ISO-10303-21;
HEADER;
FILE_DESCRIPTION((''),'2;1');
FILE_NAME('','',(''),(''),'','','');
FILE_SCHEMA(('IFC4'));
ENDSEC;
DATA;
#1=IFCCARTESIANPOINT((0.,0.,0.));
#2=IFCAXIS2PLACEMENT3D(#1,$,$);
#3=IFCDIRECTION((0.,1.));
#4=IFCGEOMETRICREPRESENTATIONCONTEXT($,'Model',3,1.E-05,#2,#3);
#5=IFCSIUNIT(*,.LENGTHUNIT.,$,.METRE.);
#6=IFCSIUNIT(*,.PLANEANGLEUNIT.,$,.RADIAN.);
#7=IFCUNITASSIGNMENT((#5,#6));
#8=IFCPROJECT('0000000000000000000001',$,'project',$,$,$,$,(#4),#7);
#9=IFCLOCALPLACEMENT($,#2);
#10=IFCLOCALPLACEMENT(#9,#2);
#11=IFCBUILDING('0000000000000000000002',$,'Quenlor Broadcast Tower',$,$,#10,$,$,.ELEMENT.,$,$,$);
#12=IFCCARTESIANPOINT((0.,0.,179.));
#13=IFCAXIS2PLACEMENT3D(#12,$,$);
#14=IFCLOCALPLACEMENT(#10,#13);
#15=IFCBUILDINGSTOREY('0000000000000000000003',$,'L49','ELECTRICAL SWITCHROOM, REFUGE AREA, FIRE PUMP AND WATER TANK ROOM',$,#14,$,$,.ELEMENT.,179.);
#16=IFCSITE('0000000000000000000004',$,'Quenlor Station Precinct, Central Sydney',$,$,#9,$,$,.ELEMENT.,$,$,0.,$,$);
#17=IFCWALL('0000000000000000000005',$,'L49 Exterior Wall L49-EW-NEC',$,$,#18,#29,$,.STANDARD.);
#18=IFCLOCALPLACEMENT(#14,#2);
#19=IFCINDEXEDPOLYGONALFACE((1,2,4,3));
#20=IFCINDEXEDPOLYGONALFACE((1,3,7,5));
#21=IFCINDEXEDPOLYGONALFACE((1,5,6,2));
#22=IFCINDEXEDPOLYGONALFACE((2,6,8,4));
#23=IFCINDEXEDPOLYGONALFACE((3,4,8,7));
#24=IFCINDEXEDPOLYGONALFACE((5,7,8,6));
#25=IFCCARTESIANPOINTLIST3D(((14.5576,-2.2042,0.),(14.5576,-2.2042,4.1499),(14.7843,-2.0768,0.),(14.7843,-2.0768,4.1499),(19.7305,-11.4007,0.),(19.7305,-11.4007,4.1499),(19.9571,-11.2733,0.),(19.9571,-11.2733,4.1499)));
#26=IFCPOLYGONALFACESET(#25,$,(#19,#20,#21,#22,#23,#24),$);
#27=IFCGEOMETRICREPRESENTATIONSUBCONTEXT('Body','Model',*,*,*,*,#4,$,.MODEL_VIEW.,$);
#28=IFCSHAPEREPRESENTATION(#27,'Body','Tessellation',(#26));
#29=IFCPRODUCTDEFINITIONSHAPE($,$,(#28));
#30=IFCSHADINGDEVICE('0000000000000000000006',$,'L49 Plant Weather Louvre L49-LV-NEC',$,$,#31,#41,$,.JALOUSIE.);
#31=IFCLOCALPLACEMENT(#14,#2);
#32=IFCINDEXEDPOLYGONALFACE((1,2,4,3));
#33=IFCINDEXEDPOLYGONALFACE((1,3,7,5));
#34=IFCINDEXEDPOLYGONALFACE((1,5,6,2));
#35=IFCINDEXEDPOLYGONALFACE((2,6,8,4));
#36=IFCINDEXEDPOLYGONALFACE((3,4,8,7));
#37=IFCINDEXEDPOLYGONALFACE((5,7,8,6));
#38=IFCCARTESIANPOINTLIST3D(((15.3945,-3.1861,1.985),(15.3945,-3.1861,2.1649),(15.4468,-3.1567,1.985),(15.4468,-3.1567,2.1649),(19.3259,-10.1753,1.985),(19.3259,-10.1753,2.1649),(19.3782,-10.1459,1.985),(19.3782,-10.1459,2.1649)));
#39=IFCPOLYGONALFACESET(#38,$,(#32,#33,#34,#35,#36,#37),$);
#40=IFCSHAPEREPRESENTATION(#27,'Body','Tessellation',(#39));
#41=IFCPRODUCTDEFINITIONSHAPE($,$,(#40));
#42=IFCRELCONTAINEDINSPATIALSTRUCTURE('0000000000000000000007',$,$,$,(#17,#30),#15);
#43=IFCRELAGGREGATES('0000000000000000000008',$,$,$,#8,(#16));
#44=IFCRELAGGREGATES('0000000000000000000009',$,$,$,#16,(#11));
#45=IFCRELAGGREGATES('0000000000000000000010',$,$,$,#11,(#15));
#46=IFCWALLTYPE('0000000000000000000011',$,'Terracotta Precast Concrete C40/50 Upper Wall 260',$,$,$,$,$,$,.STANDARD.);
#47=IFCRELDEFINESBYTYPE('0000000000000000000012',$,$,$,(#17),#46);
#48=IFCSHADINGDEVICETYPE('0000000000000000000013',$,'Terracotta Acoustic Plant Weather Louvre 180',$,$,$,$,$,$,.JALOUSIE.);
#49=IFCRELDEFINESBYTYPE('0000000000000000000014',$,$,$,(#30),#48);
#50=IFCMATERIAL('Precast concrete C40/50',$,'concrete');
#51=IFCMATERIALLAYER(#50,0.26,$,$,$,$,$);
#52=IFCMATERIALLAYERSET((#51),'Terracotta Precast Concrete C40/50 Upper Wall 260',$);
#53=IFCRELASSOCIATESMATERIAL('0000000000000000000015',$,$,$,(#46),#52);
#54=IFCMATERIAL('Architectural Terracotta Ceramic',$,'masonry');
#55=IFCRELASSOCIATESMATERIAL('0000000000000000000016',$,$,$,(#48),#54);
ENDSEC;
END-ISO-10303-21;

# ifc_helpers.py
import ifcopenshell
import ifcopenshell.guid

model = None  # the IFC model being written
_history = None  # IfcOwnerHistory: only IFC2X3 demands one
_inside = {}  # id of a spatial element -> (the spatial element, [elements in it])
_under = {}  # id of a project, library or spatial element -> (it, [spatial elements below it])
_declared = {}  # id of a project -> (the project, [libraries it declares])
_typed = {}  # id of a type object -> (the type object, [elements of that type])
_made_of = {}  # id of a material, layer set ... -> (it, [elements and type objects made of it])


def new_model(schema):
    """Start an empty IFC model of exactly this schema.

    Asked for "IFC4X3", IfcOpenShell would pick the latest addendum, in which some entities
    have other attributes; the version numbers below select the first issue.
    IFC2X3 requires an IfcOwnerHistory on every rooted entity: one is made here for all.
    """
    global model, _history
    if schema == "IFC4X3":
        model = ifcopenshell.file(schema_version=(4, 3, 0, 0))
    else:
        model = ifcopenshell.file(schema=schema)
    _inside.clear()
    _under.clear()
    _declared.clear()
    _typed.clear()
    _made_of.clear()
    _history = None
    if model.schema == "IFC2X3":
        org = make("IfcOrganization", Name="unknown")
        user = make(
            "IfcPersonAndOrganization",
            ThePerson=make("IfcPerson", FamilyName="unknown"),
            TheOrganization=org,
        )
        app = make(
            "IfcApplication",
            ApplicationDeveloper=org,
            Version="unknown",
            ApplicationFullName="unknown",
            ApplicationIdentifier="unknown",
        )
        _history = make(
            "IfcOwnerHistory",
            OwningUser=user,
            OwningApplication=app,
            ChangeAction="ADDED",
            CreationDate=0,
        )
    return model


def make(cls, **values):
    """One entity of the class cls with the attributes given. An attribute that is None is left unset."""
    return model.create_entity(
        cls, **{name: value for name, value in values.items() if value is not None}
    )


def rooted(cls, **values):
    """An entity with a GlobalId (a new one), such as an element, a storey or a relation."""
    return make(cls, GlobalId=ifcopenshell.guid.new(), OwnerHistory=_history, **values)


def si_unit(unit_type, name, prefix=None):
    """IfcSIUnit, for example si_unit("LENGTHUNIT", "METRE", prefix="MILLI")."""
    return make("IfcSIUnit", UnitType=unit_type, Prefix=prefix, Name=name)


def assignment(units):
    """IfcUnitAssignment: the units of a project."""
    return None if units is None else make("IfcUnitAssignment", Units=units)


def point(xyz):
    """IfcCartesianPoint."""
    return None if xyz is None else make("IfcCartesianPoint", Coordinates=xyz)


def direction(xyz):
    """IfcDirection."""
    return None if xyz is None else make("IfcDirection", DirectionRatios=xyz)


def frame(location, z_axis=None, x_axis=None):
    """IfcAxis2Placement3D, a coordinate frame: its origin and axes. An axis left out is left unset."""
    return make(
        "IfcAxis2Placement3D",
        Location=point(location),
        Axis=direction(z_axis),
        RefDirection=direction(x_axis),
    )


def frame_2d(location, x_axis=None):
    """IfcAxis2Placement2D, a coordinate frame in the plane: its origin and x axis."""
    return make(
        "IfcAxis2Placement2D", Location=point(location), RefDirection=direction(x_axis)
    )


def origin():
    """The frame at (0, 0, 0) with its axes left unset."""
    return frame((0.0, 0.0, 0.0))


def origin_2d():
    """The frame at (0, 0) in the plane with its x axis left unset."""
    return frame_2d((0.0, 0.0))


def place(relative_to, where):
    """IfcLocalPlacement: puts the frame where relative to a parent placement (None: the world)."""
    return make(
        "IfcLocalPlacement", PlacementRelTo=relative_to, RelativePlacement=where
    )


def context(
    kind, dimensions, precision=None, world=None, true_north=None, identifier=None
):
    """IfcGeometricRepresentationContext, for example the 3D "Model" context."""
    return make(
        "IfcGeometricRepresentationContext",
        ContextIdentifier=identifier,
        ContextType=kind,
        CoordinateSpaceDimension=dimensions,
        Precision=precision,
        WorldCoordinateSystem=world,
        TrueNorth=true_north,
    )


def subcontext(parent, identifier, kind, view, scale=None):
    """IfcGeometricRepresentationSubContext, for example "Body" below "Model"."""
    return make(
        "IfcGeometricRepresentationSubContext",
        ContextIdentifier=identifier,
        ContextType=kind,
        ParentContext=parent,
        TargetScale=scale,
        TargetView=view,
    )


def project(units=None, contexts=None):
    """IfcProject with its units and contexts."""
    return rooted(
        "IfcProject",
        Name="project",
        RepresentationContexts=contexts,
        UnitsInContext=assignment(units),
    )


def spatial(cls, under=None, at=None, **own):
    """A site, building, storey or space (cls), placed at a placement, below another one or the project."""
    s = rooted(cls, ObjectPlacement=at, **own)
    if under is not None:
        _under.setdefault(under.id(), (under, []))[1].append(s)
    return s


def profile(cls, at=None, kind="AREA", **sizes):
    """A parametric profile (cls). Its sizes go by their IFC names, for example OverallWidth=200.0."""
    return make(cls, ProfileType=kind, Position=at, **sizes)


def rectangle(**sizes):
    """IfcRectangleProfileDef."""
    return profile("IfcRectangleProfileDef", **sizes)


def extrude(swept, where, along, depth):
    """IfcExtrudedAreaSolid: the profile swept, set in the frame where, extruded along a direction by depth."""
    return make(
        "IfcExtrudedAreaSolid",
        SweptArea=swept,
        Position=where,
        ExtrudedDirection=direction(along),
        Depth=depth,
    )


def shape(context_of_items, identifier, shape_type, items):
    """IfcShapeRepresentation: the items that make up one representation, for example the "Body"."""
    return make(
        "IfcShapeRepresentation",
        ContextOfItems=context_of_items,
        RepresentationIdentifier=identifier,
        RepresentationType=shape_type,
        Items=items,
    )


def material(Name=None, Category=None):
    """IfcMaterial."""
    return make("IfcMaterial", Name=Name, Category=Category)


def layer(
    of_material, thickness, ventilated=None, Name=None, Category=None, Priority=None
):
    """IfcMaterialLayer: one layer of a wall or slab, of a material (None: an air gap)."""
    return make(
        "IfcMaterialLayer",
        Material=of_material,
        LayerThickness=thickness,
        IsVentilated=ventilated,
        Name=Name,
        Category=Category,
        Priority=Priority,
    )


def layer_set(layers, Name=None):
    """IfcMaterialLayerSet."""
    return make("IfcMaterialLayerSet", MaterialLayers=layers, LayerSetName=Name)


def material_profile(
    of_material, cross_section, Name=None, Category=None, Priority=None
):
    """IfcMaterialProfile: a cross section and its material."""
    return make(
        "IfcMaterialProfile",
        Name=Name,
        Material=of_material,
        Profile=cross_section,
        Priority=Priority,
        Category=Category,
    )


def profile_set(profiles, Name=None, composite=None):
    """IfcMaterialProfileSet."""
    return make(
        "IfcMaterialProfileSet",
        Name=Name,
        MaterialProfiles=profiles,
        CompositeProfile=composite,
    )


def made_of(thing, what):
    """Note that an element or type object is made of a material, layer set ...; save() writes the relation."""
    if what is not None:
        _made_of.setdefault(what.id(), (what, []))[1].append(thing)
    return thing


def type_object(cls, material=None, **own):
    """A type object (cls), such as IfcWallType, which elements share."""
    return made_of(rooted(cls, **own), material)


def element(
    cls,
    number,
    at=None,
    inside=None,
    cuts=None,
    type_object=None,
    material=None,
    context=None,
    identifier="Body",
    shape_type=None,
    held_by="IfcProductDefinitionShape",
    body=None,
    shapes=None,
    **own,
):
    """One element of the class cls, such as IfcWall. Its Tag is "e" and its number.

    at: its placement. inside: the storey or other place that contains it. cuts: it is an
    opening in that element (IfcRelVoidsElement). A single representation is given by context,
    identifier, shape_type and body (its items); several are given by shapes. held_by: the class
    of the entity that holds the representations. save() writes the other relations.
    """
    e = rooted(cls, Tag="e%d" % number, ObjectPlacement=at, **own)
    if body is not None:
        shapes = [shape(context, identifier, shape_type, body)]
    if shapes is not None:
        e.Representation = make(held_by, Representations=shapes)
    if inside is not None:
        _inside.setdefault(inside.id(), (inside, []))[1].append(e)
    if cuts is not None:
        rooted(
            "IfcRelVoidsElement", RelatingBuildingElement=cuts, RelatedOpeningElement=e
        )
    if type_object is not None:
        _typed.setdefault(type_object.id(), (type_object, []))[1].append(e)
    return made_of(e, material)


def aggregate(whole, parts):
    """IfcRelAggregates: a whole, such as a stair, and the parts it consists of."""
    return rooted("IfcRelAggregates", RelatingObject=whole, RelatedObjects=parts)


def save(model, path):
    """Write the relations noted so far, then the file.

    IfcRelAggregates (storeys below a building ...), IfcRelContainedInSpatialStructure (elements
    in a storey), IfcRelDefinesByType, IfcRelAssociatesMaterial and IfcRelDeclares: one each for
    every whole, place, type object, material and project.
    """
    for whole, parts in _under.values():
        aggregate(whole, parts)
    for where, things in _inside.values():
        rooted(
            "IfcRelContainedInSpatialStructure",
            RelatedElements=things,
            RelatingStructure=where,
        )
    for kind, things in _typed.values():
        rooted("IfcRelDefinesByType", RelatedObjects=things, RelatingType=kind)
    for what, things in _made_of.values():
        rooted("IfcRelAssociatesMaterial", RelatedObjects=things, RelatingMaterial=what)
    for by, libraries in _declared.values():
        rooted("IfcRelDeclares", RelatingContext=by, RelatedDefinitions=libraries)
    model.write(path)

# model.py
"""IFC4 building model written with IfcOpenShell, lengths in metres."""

from ifc_helpers import new_model, si_unit, direction, frame, frame_2d, origin, origin_2d, place, context, subcontext, project, spatial, rectangle, extrude, material, layer, layer_set, material_profile, profile_set, type_object, element, save


model = new_model("IFC4")

# Units and contexts
model_context = context("Model", 3, precision=1e-05, world=origin(), true_north=direction((0.0, 1.0)))
body_context = subcontext(model_context, "Body", "Model", "MODEL_VIEW")
ifc_project = project(units=[si_unit("LENGTHUNIT", "METRE"), si_unit("PLANEANGLEUNIT", "RADIAN")], contexts=[model_context])

# Site, building, storey
site_placement = place(None, origin())
site = spatial("IfcSite", under=ifc_project, at=site_placement, Name="Quenlor Station Precinct, Central Sydney", CompositionType="ELEMENT", RefElevation=0.0)
building_placement = place(site_placement, origin())
building = spatial("IfcBuilding", under=site, at=building_placement, Name="Quenlor Broadcast Tower", CompositionType="ELEMENT")
storey_placement = place(building_placement, frame((0.0, 0.0, 179.0)))
storey = spatial("IfcBuildingStorey", under=building, at=storey_placement, Name="L49", Description="ELECTRICAL SWITCHROOM, REFUGE AREA, FIRE PUMP AND WATER TANK ROOM", CompositionType="ELEMENT", Elevation=179.0)

# Wall
ifc_material_1 = material(Name="Precast concrete C40/50", Category="concrete")
ifc_layer_1 = layer(ifc_material_1, 0.26)
ifc_layer_set_1 = layer_set([ifc_layer_1], Name="Terracotta Precast Concrete C40/50 Upper Wall 260")
wall_type_1 = type_object("IfcWallType", Name="Terracotta Precast Concrete C40/50 Upper Wall 260", PredefinedType="STANDARD", material=ifc_layer_set_1)
wall_1_placement = place(storey_placement, frame((14.6709, -2.1404, 0.0), z_axis=(0.0, 0.0, 1.0), x_axis=(0.490247, -0.871584, 0.0)))
element("IfcWall", 1, at=wall_1_placement, inside=storey, type_object=wall_type_1, Name="L49 Exterior Wall L49-EW-NEC", PredefinedType="STANDARD", context=body_context, shape_type="SweptSolid", body=[
    extrude(rectangle(XDim=10.5515, YDim=0.26, at=frame_2d((5.2759, 0.0))), origin(), (0.0, 0.0, 1.0), 4.1499),
])

# Shading device
ifc_material_2 = material(Name="Architectural Terracotta Ceramic", Category="masonry")
ifc_material_profile_1 = material_profile(ifc_material_2, rectangle(XDim=0.0601, YDim=0.1799, at=origin_2d()))
ifc_profile_set_1 = profile_set([ifc_material_profile_1], Name="Architectural Terracotta Ceramic LVR60x180")
shading_device_type = type_object("IfcShadingDeviceType", Name="Terracotta Acoustic Plant Weather Louvre 180", PredefinedType="JALOUSIE", material=ifc_profile_set_1)
shading_device_placement = place(storey_placement, frame((15.4207, -3.1714, 2.075), z_axis=(0.490255, -0.871579, 0.0), x_axis=(0.871579, 0.490255, 0.0)))
element("IfcShadingDevice", 2, at=shading_device_placement, inside=storey, type_object=shading_device_type, Name="L49 Plant Weather Louvre L49-LV-NEC", PredefinedType="JALOUSIE", context=body_context, shape_type="SweptSolid", body=[
    extrude(rectangle(XDim=0.0601, YDim=0.1799, at=origin_2d()), origin(), (0.0, 0.0, 1.0), 8.019),
])

save(model, "model.ifc")
